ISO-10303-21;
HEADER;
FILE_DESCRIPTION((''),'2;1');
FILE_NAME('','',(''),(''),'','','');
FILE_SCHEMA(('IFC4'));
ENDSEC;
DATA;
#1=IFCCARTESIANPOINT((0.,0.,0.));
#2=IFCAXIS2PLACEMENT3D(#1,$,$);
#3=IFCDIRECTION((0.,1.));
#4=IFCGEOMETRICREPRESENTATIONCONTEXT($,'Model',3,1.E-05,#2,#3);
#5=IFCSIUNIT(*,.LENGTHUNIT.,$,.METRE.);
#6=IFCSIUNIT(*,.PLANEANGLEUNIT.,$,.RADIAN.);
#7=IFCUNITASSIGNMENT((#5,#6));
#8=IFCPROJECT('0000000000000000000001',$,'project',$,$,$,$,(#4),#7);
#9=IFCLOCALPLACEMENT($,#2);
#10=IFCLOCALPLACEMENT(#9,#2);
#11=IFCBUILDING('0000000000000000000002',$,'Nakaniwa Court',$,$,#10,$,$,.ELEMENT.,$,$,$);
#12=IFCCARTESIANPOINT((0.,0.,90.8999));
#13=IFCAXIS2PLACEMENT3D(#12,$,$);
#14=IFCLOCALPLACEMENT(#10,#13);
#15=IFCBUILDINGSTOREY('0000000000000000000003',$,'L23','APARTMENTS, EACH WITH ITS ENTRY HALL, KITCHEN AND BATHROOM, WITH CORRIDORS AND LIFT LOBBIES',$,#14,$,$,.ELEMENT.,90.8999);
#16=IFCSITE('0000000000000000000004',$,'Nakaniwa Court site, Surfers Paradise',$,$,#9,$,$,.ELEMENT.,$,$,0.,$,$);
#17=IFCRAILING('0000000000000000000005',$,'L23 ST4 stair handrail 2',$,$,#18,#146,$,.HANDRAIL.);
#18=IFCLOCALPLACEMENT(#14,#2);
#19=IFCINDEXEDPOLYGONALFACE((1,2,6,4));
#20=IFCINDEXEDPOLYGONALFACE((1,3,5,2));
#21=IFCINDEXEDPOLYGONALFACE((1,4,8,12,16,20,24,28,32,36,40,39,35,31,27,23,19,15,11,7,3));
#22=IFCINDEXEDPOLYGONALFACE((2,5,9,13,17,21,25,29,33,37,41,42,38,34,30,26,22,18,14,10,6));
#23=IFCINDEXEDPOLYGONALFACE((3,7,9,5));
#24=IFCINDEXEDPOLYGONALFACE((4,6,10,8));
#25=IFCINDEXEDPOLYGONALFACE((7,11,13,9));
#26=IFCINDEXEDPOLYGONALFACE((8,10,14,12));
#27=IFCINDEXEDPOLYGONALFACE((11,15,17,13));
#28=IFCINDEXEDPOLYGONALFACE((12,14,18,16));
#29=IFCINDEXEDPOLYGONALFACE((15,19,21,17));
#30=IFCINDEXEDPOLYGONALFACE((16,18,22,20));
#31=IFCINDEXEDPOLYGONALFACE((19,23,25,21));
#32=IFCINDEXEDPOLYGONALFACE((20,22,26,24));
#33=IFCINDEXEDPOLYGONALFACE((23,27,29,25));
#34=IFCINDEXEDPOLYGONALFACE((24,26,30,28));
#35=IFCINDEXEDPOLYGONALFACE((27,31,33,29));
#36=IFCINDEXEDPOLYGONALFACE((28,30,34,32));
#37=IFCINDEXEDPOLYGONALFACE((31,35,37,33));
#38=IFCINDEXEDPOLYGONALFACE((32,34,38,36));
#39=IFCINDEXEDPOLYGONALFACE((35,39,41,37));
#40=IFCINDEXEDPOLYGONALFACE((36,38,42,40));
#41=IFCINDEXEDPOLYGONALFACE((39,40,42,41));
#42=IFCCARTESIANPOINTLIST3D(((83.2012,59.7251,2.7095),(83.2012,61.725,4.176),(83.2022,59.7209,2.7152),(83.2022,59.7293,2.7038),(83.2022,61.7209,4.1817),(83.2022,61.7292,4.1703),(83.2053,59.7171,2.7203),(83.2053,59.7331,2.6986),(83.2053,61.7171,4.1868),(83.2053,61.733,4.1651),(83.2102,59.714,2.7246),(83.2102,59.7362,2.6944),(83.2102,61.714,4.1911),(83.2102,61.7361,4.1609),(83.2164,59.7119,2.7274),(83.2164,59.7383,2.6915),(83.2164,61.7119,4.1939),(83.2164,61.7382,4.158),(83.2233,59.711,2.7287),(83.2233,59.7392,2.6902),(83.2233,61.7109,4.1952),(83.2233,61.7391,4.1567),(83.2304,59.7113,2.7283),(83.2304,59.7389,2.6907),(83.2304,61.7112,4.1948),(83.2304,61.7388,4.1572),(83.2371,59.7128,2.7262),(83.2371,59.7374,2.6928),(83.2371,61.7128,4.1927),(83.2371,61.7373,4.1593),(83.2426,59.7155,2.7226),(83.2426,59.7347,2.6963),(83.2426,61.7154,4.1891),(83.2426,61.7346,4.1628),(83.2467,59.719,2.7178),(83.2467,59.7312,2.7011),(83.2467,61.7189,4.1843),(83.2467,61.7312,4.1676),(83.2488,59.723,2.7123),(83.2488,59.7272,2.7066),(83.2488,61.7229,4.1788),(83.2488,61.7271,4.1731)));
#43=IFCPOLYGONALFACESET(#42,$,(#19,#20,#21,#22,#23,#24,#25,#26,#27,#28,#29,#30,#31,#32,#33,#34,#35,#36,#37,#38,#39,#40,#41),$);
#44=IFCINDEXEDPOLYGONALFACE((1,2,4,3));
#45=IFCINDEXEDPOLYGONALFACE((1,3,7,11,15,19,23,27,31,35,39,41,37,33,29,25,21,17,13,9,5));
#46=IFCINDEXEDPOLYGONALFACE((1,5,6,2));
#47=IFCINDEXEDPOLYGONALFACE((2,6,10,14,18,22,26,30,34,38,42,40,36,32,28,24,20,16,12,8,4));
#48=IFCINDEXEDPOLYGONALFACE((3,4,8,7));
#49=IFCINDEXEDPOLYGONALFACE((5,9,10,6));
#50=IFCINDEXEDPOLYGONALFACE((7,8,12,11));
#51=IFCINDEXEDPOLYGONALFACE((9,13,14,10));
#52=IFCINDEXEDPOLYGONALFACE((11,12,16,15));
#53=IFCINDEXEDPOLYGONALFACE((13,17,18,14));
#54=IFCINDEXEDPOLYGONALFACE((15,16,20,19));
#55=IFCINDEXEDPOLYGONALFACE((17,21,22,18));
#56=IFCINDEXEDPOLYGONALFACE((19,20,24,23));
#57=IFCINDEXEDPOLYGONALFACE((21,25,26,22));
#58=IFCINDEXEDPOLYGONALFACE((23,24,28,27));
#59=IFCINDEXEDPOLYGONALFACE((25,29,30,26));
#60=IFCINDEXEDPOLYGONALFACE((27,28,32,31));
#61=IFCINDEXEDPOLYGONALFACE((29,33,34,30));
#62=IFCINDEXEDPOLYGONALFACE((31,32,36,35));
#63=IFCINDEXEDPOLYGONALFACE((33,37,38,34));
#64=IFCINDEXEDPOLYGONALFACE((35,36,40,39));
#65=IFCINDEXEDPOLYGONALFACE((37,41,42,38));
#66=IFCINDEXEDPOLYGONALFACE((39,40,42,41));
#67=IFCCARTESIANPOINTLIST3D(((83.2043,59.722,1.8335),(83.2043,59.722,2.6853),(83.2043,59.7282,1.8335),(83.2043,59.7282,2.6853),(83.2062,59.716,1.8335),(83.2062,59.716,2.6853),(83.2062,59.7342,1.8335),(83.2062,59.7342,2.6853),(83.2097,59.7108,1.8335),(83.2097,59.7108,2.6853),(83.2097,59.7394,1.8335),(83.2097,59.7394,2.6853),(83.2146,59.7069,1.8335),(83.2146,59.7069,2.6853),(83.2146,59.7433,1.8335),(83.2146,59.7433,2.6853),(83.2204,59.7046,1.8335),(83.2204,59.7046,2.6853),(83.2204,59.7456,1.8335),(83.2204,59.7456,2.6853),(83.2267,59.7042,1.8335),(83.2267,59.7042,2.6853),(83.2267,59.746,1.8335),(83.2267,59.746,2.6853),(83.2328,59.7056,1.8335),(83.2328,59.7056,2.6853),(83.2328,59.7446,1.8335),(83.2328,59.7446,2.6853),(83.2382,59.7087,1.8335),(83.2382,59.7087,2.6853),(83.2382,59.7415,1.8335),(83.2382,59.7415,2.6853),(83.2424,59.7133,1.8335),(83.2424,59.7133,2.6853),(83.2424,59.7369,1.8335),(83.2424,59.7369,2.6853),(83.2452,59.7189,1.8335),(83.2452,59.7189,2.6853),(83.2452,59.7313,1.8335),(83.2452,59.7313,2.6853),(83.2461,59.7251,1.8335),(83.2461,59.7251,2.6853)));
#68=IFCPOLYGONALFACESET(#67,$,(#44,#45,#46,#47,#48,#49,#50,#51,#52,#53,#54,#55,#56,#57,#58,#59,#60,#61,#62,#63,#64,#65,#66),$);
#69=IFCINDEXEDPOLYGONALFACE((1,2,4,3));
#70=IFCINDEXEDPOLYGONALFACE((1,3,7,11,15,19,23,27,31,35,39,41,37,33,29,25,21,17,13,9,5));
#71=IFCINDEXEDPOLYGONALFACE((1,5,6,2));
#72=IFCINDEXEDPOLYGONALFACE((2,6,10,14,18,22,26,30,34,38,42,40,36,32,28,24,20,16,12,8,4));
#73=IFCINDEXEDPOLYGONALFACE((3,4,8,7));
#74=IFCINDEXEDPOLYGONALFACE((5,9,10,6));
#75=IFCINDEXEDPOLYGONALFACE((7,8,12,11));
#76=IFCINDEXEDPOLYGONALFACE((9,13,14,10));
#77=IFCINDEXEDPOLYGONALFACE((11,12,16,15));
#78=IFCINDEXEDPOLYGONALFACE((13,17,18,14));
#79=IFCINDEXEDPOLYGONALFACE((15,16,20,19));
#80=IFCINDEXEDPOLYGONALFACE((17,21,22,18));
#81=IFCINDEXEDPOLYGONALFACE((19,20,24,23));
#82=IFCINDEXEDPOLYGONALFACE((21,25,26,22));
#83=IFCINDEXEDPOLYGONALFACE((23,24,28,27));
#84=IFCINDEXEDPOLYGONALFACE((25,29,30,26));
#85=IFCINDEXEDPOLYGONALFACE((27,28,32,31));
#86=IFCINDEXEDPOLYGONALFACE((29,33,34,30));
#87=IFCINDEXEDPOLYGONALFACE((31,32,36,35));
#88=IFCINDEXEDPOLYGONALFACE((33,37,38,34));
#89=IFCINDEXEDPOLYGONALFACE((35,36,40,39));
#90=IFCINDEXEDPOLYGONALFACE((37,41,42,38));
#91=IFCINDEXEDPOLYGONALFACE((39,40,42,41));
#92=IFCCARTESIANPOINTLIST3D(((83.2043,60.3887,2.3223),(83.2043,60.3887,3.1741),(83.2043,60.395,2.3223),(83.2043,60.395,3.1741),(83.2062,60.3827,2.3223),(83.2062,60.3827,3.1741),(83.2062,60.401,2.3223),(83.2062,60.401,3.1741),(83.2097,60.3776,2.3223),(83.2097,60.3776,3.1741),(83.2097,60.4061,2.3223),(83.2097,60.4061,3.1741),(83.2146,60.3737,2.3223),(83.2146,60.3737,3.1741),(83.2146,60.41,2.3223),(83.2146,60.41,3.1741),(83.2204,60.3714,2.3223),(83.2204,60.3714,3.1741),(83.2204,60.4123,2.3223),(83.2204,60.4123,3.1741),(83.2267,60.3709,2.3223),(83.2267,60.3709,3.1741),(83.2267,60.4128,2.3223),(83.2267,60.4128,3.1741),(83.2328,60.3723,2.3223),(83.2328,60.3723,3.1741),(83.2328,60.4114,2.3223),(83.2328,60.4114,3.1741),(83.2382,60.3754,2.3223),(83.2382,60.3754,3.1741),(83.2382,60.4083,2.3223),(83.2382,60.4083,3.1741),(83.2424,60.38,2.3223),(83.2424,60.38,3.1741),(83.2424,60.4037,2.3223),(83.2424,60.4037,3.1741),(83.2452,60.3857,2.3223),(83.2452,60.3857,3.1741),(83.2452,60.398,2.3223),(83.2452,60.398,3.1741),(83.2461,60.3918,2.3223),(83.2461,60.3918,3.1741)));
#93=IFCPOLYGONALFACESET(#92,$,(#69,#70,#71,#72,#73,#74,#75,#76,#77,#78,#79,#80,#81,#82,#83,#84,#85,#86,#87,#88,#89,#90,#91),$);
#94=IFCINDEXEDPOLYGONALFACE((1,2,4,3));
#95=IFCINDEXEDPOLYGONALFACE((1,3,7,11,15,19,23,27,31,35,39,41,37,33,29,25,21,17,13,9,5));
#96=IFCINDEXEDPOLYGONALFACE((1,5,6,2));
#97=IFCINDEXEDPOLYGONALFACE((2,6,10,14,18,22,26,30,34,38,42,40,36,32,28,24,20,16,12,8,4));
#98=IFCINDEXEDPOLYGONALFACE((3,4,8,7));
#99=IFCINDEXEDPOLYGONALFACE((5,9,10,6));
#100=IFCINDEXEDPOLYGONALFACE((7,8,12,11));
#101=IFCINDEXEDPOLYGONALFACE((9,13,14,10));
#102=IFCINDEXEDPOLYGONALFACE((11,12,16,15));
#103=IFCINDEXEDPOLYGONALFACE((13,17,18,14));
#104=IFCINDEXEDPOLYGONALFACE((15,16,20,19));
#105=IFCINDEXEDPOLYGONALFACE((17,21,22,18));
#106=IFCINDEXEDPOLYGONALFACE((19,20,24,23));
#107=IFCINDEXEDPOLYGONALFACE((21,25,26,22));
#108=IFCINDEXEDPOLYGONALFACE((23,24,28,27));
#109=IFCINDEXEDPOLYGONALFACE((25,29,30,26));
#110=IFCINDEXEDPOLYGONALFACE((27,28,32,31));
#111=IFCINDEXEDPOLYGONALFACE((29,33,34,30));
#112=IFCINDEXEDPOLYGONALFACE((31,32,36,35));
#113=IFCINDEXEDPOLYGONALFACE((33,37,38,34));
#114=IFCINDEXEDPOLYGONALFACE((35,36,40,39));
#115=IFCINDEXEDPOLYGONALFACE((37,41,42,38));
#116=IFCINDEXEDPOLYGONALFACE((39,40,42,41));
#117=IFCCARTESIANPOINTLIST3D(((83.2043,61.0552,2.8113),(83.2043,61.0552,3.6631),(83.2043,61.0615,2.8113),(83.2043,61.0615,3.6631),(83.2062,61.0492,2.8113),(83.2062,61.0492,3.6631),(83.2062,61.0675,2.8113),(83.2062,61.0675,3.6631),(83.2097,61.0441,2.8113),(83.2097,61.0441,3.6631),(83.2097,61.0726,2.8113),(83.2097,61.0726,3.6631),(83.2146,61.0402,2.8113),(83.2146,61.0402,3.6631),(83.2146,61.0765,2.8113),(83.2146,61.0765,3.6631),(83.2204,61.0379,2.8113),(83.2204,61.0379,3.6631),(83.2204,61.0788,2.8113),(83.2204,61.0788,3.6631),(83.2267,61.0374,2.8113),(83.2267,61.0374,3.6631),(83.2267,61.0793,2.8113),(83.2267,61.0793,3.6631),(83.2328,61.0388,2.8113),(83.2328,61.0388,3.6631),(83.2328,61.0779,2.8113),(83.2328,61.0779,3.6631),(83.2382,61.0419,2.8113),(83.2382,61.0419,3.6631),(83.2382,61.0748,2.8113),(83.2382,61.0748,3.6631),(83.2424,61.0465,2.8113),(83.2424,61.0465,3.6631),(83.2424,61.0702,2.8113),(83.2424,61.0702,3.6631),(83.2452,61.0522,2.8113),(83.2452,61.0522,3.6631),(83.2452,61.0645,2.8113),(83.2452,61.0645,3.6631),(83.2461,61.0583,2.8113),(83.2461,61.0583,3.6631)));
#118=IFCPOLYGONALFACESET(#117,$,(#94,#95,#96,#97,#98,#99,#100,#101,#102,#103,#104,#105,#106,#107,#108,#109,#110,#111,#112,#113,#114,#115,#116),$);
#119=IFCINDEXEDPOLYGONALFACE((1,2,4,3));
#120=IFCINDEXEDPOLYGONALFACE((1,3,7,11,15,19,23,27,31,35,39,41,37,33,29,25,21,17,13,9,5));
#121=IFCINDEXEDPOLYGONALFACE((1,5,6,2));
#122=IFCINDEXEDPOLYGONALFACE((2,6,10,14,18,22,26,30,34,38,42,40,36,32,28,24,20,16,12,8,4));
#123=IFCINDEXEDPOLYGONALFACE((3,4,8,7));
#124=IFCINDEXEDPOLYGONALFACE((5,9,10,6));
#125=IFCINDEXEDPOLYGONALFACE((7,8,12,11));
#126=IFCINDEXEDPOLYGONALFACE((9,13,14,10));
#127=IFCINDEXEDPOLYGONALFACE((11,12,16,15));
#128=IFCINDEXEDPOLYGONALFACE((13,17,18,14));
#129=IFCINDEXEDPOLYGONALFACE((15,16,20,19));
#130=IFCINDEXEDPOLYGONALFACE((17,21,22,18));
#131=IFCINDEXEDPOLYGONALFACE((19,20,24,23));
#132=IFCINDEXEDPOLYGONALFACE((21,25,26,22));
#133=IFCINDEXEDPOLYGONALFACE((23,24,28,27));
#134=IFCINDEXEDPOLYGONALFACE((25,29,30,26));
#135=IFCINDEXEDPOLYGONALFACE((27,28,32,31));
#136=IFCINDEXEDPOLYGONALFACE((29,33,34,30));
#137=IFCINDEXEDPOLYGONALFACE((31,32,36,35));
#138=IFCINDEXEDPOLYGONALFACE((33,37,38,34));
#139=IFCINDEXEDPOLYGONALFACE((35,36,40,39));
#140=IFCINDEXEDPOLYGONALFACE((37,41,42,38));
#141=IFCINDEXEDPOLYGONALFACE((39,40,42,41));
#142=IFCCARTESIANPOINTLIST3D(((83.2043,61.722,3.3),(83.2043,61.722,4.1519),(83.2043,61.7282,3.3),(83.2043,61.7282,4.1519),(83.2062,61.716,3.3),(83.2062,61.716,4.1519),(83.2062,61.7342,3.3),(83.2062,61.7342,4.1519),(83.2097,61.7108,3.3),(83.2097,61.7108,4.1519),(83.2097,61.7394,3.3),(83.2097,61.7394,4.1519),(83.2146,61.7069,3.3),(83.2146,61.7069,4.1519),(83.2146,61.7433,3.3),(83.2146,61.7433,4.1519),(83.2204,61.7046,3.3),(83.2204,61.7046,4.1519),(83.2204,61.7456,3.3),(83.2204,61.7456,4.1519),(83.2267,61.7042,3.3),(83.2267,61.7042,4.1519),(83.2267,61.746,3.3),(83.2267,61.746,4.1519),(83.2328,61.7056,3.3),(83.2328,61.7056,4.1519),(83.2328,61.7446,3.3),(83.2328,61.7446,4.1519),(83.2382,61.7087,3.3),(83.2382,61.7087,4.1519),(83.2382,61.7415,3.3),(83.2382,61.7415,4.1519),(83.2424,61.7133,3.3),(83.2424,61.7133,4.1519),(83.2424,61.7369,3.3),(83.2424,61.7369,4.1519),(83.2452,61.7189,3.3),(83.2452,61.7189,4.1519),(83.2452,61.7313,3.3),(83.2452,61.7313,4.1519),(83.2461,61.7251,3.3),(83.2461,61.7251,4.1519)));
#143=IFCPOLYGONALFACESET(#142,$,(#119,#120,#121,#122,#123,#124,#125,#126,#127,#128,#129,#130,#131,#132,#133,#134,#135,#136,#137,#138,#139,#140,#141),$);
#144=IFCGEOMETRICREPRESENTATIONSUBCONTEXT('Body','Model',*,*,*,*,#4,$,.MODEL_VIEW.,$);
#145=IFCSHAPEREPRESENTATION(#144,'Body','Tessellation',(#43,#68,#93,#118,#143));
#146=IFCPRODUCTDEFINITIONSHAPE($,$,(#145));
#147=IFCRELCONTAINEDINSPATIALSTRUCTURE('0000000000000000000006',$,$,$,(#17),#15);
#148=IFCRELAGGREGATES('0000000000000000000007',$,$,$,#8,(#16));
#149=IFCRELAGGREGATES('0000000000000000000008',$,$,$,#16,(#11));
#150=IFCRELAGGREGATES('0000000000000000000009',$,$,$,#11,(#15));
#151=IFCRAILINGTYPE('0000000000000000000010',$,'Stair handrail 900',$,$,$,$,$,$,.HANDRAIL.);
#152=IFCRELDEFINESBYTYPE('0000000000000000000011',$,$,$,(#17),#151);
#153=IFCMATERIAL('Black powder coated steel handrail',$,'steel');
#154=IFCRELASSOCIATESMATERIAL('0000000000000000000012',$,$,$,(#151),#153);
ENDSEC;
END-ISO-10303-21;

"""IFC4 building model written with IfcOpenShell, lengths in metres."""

from ifc_helpers import new_model, si_unit, direction, frame, origin, origin_2d, place, context, subcontext, project, spatial, circle, extrude, material, type_object, element, save


model = new_model("IFC4")

# Units and contexts
model_context = context("Model", 3, precision=1e-05, world=origin(), true_north=direction((0.0, 1.0)))
body_context = subcontext(model_context, "Body", "Model", "MODEL_VIEW")
ifc_project = project(units=[si_unit("LENGTHUNIT", "METRE"), si_unit("PLANEANGLEUNIT", "RADIAN")], contexts=[model_context])

# Site, building, storey
site_placement = place(None, origin())
site = spatial("IfcSite", under=ifc_project, at=site_placement, Name="Nakaniwa Court site, Surfers Paradise", CompositionType="ELEMENT", RefElevation=0.0)
building_placement = place(site_placement, origin())
building = spatial("IfcBuilding", under=site, at=building_placement, Name="Nakaniwa Court", CompositionType="ELEMENT")
storey_placement = place(building_placement, frame((0.0, 0.0, 90.8999)))
storey = spatial("IfcBuildingStorey", under=building, at=storey_placement, Name="L23", Description="APARTMENTS, EACH WITH ITS ENTRY HALL, KITCHEN AND BATHROOM, WITH CORRIDORS AND LIFT LOBBIES", CompositionType="ELEMENT", Elevation=90.8999)

# Railing
ifc_material_1 = material(Name="Black powder coated steel handrail", Category="steel")
railing_type_1 = type_object("IfcRailingType", Name="Stair handrail 900", PredefinedType="HANDRAIL", material=ifc_material_1)
railing_1_placement = place(storey_placement, frame((83.2251, 59.7251, 1.8335)))
element("IfcRailing", 1, at=railing_1_placement, inside=storey, type_object=railing_type_1, Name="L23 ST4 stair handrail 2", PredefinedType="HANDRAIL", context=body_context, shape_type="SweptSolid", body=[
    extrude(circle(Radius=0.0239, at=origin_2d()), frame((0.0, 0.0, 0.876), z_axis=(0.0, 0.806427, 0.591334), x_axis=(-1.0, 0.0, 0.0)), (0.0, 0.0, 1.0), 2.48),
    extrude(circle(Radius=0.021, at=origin_2d()), origin(), (0.0, 0.0, 1.0), 0.8518),
    extrude(circle(Radius=0.021, at=origin_2d()), frame((0.0, 0.6667, 0.4888)), (0.0, 0.0, 1.0), 0.8518),
    extrude(circle(Radius=0.021, at=origin_2d()), frame((0.0, 1.3333, 0.9778)), (0.0, 0.0, 1.0), 0.8518),
    extrude(circle(Radius=0.021, at=origin_2d()), frame((0.0, 2.0, 1.4666)), (0.0, 0.0, 1.0), 0.8518),
])

save(model, "model.ifc")
